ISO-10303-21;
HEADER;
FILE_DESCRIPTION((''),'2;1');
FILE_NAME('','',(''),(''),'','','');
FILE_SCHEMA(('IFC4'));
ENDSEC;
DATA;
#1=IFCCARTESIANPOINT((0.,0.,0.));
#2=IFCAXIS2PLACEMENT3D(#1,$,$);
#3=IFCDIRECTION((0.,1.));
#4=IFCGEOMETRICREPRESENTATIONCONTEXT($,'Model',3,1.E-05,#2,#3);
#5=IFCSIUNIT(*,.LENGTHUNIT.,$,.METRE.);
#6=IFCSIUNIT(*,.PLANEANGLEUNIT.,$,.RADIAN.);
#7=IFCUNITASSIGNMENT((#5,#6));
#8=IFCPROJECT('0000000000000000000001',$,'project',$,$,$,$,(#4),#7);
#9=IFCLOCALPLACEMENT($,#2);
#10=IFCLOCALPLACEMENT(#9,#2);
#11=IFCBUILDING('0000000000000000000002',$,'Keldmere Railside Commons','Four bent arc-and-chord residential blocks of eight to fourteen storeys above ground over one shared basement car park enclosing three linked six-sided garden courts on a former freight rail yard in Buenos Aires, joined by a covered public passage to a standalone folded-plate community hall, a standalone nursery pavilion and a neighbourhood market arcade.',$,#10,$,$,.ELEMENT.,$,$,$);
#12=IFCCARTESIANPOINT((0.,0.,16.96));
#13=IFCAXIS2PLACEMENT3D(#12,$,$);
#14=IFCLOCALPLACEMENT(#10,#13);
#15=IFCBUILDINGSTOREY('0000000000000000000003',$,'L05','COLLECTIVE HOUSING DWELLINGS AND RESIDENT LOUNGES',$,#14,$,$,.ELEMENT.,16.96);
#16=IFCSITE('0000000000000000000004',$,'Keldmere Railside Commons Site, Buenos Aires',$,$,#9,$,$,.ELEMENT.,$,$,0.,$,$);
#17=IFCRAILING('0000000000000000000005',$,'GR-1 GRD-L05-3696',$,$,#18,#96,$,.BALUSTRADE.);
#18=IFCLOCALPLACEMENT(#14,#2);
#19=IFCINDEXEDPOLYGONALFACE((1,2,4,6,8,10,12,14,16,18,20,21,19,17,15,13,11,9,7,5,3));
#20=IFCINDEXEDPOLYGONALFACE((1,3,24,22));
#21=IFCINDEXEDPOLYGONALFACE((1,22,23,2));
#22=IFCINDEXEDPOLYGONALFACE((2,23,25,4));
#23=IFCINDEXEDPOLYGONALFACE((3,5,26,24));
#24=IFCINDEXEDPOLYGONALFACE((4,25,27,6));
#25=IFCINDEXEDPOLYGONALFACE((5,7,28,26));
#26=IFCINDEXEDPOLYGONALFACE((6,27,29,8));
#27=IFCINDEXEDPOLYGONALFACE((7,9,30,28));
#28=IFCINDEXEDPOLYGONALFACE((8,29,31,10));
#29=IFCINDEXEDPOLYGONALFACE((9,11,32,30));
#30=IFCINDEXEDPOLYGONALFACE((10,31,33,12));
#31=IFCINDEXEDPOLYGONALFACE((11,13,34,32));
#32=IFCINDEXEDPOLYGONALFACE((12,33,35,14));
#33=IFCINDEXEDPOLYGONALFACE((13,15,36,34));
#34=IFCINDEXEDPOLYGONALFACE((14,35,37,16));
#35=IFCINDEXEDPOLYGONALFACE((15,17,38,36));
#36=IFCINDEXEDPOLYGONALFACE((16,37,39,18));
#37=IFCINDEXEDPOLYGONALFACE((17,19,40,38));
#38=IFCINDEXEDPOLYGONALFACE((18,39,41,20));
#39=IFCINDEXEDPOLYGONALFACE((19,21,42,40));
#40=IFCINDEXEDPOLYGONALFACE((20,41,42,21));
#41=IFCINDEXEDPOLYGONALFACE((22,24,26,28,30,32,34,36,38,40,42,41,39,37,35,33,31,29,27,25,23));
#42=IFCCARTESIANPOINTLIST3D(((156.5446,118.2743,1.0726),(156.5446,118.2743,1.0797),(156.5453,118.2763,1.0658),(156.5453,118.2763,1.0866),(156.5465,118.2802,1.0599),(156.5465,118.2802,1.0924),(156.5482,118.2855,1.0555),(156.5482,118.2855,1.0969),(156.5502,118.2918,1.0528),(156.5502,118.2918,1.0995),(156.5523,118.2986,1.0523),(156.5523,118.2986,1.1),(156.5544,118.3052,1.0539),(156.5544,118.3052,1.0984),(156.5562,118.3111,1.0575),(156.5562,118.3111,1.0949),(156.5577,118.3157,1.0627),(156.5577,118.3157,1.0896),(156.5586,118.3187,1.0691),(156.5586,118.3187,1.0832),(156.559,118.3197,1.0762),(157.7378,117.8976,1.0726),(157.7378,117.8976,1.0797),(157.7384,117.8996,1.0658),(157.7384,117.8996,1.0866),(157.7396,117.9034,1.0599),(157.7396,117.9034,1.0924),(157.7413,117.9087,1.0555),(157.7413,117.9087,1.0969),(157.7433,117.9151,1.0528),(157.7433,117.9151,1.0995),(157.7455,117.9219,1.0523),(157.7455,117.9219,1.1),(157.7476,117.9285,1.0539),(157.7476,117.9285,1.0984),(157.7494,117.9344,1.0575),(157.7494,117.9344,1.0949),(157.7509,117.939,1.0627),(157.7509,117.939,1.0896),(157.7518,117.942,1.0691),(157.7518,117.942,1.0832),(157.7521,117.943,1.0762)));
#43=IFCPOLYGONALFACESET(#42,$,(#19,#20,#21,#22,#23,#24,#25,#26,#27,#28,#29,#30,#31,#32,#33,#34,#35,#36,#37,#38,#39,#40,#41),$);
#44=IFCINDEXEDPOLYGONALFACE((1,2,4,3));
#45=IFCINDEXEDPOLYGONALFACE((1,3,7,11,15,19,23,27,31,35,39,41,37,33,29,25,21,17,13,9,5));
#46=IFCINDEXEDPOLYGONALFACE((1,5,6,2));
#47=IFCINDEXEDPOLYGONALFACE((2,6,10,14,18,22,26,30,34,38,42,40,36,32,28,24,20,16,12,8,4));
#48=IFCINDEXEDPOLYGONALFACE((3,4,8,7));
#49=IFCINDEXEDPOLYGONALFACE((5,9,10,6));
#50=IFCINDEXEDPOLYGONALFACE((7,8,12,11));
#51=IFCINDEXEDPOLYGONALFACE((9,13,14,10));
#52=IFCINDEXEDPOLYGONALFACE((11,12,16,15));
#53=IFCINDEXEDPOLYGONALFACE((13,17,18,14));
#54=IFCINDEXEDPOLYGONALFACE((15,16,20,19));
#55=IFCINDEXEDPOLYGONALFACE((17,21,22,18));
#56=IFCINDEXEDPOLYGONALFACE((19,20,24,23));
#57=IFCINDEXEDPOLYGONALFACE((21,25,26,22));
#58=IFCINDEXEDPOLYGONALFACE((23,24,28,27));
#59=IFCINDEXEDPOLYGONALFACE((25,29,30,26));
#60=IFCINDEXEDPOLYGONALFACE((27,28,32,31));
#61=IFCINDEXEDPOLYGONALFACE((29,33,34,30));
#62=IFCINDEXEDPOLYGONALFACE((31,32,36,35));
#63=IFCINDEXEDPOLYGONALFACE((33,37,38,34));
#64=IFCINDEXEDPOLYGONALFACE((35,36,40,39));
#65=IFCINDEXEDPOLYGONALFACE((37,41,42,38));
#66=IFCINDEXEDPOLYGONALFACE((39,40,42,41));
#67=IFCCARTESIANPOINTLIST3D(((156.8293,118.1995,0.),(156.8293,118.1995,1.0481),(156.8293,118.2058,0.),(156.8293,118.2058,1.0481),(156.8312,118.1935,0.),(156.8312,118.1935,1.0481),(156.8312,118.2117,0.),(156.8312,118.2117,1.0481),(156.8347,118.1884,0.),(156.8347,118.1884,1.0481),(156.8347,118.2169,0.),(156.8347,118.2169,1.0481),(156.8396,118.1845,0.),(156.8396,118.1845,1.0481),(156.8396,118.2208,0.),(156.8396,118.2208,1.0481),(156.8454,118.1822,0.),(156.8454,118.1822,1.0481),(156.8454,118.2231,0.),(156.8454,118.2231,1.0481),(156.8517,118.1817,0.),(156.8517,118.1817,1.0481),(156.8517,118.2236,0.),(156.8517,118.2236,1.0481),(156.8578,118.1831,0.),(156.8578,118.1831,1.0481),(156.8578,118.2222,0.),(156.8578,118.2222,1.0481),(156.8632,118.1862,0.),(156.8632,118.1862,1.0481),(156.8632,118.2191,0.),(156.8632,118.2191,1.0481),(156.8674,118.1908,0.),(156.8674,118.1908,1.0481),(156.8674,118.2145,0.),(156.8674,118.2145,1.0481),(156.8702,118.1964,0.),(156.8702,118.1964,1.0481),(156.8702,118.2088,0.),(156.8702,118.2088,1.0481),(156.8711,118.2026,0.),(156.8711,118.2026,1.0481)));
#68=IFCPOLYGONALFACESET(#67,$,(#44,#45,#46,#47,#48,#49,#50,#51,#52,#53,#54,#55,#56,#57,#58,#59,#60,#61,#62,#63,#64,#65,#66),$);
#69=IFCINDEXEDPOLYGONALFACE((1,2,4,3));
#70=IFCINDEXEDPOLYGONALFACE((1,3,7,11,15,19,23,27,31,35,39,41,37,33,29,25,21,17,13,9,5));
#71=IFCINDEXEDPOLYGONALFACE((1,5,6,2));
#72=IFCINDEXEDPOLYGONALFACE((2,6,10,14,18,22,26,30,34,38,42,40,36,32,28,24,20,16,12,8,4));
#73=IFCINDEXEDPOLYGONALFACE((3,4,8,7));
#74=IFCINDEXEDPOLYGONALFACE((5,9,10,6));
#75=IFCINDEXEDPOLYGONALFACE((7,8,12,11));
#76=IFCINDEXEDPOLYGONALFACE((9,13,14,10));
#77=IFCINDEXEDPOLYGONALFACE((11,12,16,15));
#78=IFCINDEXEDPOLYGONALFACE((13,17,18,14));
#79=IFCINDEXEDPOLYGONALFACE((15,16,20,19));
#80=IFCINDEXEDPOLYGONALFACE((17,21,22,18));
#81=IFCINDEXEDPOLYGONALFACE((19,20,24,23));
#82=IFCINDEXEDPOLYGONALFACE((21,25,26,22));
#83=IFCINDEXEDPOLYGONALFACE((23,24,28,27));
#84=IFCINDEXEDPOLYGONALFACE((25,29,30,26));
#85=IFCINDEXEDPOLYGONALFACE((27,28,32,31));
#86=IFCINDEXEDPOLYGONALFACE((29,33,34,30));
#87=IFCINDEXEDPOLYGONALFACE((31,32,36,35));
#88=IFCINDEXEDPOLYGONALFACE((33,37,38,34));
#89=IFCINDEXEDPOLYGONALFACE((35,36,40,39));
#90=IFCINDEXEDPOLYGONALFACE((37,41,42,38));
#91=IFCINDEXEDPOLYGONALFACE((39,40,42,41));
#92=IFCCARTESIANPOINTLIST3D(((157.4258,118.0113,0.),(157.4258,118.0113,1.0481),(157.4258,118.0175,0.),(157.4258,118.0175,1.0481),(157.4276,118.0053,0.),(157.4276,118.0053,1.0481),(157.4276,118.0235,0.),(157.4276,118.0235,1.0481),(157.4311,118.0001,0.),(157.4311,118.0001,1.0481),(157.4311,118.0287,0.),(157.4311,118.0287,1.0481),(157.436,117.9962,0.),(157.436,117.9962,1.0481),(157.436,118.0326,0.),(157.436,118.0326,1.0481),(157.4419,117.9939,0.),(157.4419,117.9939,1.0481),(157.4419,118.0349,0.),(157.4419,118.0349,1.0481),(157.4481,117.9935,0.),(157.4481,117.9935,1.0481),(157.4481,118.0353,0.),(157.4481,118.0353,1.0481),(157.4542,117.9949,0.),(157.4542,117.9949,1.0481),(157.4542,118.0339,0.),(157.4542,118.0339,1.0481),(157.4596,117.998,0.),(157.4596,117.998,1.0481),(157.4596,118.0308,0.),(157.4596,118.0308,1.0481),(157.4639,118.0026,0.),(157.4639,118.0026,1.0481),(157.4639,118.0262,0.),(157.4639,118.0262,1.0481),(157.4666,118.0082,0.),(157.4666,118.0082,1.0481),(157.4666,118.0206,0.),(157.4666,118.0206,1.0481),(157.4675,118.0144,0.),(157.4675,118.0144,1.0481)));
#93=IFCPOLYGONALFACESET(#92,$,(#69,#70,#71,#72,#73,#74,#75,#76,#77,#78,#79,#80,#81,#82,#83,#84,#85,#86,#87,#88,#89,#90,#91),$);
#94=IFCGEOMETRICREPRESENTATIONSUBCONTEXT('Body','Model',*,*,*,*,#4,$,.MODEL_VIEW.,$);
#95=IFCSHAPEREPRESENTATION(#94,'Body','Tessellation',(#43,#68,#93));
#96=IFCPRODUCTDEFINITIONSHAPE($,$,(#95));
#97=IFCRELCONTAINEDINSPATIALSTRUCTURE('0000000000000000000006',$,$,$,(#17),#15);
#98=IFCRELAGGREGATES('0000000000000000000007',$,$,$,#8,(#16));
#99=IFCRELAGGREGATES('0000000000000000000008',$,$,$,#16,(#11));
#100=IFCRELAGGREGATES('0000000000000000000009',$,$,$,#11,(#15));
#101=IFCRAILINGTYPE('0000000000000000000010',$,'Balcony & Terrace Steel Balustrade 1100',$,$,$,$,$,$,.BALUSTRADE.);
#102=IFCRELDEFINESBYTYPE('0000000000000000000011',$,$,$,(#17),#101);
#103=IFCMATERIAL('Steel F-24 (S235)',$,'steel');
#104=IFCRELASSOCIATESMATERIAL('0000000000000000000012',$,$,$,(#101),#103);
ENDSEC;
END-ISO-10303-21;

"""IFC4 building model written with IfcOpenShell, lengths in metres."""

from ifc_helpers import new_model, si_unit, direction, frame, origin, origin_2d, place, context, subcontext, project, spatial, circle, extrude, material, type_object, element, save


model = new_model("IFC4")

# Units and contexts
model_context = context("Model", 3, precision=1e-05, world=origin(), true_north=direction((0.0, 1.0)))
body_context = subcontext(model_context, "Body", "Model", "MODEL_VIEW")
ifc_project = project(units=[si_unit("LENGTHUNIT", "METRE"), si_unit("PLANEANGLEUNIT", "RADIAN")], contexts=[model_context])

# Site, building, storey
site_placement = place(None, origin())
site = spatial("IfcSite", under=ifc_project, at=site_placement, Name="Keldmere Railside Commons Site, Buenos Aires", CompositionType="ELEMENT", RefElevation=0.0)
building_placement = place(site_placement, origin())
building = spatial("IfcBuilding", under=site, at=building_placement, Name="Keldmere Railside Commons", Description="Four bent arc-and-chord residential blocks of eight to fourteen storeys above ground over one shared basement car park enclosing three linked six-sided garden courts on a former freight rail yard in Buenos Aires, joined by a covered public passage to a standalone folded-plate community hall, a standalone nursery pavilion and a neighbourhood market arcade.", CompositionType="ELEMENT")
storey_placement = place(building_placement, frame((0.0, 0.0, 16.96)))
storey = spatial("IfcBuildingStorey", under=building, at=storey_placement, Name="L05", Description="COLLECTIVE HOUSING DWELLINGS AND RESIDENT LOUNGES", CompositionType="ELEMENT", Elevation=16.96)

# Railing
ifc_material_1 = material(Name="Steel F-24 (S235)", Category="steel")
railing_type = type_object("IfcRailingType", Name="Balcony & Terrace Steel Balustrade 1100", PredefinedType="BALUSTRADE", material=ifc_material_1)
railing_1_placement = place(storey_placement, frame((156.5518, 118.2969, 0.0)))
element("IfcRailing", 1, at=railing_1_placement, inside=storey, type_object=railing_type, Name="GR-1 GRD-L05-3696", PredefinedType="BALUSTRADE", context=body_context, shape_type="SweptSolid", body=[
    extrude(circle(Radius=0.0239, at=origin_2d()), frame((0.0, 0.0, 1.0762), z_axis=(0.953597, -0.301085, 0.0), x_axis=(0.301085, 0.953597, 0.0)), (0.0, 0.0, 1.0), 1.2512),
    extrude(circle(Radius=0.021, at=origin_2d()), frame((0.2983, -0.0942, 0.0)), (0.0, 0.0, 1.0), 1.0481),
    extrude(circle(Radius=0.021, at=origin_2d()), frame((0.8948, -0.2825, 0.0)), (0.0, 0.0, 1.0), 1.0481),
])

save(model, "model.ifc")
